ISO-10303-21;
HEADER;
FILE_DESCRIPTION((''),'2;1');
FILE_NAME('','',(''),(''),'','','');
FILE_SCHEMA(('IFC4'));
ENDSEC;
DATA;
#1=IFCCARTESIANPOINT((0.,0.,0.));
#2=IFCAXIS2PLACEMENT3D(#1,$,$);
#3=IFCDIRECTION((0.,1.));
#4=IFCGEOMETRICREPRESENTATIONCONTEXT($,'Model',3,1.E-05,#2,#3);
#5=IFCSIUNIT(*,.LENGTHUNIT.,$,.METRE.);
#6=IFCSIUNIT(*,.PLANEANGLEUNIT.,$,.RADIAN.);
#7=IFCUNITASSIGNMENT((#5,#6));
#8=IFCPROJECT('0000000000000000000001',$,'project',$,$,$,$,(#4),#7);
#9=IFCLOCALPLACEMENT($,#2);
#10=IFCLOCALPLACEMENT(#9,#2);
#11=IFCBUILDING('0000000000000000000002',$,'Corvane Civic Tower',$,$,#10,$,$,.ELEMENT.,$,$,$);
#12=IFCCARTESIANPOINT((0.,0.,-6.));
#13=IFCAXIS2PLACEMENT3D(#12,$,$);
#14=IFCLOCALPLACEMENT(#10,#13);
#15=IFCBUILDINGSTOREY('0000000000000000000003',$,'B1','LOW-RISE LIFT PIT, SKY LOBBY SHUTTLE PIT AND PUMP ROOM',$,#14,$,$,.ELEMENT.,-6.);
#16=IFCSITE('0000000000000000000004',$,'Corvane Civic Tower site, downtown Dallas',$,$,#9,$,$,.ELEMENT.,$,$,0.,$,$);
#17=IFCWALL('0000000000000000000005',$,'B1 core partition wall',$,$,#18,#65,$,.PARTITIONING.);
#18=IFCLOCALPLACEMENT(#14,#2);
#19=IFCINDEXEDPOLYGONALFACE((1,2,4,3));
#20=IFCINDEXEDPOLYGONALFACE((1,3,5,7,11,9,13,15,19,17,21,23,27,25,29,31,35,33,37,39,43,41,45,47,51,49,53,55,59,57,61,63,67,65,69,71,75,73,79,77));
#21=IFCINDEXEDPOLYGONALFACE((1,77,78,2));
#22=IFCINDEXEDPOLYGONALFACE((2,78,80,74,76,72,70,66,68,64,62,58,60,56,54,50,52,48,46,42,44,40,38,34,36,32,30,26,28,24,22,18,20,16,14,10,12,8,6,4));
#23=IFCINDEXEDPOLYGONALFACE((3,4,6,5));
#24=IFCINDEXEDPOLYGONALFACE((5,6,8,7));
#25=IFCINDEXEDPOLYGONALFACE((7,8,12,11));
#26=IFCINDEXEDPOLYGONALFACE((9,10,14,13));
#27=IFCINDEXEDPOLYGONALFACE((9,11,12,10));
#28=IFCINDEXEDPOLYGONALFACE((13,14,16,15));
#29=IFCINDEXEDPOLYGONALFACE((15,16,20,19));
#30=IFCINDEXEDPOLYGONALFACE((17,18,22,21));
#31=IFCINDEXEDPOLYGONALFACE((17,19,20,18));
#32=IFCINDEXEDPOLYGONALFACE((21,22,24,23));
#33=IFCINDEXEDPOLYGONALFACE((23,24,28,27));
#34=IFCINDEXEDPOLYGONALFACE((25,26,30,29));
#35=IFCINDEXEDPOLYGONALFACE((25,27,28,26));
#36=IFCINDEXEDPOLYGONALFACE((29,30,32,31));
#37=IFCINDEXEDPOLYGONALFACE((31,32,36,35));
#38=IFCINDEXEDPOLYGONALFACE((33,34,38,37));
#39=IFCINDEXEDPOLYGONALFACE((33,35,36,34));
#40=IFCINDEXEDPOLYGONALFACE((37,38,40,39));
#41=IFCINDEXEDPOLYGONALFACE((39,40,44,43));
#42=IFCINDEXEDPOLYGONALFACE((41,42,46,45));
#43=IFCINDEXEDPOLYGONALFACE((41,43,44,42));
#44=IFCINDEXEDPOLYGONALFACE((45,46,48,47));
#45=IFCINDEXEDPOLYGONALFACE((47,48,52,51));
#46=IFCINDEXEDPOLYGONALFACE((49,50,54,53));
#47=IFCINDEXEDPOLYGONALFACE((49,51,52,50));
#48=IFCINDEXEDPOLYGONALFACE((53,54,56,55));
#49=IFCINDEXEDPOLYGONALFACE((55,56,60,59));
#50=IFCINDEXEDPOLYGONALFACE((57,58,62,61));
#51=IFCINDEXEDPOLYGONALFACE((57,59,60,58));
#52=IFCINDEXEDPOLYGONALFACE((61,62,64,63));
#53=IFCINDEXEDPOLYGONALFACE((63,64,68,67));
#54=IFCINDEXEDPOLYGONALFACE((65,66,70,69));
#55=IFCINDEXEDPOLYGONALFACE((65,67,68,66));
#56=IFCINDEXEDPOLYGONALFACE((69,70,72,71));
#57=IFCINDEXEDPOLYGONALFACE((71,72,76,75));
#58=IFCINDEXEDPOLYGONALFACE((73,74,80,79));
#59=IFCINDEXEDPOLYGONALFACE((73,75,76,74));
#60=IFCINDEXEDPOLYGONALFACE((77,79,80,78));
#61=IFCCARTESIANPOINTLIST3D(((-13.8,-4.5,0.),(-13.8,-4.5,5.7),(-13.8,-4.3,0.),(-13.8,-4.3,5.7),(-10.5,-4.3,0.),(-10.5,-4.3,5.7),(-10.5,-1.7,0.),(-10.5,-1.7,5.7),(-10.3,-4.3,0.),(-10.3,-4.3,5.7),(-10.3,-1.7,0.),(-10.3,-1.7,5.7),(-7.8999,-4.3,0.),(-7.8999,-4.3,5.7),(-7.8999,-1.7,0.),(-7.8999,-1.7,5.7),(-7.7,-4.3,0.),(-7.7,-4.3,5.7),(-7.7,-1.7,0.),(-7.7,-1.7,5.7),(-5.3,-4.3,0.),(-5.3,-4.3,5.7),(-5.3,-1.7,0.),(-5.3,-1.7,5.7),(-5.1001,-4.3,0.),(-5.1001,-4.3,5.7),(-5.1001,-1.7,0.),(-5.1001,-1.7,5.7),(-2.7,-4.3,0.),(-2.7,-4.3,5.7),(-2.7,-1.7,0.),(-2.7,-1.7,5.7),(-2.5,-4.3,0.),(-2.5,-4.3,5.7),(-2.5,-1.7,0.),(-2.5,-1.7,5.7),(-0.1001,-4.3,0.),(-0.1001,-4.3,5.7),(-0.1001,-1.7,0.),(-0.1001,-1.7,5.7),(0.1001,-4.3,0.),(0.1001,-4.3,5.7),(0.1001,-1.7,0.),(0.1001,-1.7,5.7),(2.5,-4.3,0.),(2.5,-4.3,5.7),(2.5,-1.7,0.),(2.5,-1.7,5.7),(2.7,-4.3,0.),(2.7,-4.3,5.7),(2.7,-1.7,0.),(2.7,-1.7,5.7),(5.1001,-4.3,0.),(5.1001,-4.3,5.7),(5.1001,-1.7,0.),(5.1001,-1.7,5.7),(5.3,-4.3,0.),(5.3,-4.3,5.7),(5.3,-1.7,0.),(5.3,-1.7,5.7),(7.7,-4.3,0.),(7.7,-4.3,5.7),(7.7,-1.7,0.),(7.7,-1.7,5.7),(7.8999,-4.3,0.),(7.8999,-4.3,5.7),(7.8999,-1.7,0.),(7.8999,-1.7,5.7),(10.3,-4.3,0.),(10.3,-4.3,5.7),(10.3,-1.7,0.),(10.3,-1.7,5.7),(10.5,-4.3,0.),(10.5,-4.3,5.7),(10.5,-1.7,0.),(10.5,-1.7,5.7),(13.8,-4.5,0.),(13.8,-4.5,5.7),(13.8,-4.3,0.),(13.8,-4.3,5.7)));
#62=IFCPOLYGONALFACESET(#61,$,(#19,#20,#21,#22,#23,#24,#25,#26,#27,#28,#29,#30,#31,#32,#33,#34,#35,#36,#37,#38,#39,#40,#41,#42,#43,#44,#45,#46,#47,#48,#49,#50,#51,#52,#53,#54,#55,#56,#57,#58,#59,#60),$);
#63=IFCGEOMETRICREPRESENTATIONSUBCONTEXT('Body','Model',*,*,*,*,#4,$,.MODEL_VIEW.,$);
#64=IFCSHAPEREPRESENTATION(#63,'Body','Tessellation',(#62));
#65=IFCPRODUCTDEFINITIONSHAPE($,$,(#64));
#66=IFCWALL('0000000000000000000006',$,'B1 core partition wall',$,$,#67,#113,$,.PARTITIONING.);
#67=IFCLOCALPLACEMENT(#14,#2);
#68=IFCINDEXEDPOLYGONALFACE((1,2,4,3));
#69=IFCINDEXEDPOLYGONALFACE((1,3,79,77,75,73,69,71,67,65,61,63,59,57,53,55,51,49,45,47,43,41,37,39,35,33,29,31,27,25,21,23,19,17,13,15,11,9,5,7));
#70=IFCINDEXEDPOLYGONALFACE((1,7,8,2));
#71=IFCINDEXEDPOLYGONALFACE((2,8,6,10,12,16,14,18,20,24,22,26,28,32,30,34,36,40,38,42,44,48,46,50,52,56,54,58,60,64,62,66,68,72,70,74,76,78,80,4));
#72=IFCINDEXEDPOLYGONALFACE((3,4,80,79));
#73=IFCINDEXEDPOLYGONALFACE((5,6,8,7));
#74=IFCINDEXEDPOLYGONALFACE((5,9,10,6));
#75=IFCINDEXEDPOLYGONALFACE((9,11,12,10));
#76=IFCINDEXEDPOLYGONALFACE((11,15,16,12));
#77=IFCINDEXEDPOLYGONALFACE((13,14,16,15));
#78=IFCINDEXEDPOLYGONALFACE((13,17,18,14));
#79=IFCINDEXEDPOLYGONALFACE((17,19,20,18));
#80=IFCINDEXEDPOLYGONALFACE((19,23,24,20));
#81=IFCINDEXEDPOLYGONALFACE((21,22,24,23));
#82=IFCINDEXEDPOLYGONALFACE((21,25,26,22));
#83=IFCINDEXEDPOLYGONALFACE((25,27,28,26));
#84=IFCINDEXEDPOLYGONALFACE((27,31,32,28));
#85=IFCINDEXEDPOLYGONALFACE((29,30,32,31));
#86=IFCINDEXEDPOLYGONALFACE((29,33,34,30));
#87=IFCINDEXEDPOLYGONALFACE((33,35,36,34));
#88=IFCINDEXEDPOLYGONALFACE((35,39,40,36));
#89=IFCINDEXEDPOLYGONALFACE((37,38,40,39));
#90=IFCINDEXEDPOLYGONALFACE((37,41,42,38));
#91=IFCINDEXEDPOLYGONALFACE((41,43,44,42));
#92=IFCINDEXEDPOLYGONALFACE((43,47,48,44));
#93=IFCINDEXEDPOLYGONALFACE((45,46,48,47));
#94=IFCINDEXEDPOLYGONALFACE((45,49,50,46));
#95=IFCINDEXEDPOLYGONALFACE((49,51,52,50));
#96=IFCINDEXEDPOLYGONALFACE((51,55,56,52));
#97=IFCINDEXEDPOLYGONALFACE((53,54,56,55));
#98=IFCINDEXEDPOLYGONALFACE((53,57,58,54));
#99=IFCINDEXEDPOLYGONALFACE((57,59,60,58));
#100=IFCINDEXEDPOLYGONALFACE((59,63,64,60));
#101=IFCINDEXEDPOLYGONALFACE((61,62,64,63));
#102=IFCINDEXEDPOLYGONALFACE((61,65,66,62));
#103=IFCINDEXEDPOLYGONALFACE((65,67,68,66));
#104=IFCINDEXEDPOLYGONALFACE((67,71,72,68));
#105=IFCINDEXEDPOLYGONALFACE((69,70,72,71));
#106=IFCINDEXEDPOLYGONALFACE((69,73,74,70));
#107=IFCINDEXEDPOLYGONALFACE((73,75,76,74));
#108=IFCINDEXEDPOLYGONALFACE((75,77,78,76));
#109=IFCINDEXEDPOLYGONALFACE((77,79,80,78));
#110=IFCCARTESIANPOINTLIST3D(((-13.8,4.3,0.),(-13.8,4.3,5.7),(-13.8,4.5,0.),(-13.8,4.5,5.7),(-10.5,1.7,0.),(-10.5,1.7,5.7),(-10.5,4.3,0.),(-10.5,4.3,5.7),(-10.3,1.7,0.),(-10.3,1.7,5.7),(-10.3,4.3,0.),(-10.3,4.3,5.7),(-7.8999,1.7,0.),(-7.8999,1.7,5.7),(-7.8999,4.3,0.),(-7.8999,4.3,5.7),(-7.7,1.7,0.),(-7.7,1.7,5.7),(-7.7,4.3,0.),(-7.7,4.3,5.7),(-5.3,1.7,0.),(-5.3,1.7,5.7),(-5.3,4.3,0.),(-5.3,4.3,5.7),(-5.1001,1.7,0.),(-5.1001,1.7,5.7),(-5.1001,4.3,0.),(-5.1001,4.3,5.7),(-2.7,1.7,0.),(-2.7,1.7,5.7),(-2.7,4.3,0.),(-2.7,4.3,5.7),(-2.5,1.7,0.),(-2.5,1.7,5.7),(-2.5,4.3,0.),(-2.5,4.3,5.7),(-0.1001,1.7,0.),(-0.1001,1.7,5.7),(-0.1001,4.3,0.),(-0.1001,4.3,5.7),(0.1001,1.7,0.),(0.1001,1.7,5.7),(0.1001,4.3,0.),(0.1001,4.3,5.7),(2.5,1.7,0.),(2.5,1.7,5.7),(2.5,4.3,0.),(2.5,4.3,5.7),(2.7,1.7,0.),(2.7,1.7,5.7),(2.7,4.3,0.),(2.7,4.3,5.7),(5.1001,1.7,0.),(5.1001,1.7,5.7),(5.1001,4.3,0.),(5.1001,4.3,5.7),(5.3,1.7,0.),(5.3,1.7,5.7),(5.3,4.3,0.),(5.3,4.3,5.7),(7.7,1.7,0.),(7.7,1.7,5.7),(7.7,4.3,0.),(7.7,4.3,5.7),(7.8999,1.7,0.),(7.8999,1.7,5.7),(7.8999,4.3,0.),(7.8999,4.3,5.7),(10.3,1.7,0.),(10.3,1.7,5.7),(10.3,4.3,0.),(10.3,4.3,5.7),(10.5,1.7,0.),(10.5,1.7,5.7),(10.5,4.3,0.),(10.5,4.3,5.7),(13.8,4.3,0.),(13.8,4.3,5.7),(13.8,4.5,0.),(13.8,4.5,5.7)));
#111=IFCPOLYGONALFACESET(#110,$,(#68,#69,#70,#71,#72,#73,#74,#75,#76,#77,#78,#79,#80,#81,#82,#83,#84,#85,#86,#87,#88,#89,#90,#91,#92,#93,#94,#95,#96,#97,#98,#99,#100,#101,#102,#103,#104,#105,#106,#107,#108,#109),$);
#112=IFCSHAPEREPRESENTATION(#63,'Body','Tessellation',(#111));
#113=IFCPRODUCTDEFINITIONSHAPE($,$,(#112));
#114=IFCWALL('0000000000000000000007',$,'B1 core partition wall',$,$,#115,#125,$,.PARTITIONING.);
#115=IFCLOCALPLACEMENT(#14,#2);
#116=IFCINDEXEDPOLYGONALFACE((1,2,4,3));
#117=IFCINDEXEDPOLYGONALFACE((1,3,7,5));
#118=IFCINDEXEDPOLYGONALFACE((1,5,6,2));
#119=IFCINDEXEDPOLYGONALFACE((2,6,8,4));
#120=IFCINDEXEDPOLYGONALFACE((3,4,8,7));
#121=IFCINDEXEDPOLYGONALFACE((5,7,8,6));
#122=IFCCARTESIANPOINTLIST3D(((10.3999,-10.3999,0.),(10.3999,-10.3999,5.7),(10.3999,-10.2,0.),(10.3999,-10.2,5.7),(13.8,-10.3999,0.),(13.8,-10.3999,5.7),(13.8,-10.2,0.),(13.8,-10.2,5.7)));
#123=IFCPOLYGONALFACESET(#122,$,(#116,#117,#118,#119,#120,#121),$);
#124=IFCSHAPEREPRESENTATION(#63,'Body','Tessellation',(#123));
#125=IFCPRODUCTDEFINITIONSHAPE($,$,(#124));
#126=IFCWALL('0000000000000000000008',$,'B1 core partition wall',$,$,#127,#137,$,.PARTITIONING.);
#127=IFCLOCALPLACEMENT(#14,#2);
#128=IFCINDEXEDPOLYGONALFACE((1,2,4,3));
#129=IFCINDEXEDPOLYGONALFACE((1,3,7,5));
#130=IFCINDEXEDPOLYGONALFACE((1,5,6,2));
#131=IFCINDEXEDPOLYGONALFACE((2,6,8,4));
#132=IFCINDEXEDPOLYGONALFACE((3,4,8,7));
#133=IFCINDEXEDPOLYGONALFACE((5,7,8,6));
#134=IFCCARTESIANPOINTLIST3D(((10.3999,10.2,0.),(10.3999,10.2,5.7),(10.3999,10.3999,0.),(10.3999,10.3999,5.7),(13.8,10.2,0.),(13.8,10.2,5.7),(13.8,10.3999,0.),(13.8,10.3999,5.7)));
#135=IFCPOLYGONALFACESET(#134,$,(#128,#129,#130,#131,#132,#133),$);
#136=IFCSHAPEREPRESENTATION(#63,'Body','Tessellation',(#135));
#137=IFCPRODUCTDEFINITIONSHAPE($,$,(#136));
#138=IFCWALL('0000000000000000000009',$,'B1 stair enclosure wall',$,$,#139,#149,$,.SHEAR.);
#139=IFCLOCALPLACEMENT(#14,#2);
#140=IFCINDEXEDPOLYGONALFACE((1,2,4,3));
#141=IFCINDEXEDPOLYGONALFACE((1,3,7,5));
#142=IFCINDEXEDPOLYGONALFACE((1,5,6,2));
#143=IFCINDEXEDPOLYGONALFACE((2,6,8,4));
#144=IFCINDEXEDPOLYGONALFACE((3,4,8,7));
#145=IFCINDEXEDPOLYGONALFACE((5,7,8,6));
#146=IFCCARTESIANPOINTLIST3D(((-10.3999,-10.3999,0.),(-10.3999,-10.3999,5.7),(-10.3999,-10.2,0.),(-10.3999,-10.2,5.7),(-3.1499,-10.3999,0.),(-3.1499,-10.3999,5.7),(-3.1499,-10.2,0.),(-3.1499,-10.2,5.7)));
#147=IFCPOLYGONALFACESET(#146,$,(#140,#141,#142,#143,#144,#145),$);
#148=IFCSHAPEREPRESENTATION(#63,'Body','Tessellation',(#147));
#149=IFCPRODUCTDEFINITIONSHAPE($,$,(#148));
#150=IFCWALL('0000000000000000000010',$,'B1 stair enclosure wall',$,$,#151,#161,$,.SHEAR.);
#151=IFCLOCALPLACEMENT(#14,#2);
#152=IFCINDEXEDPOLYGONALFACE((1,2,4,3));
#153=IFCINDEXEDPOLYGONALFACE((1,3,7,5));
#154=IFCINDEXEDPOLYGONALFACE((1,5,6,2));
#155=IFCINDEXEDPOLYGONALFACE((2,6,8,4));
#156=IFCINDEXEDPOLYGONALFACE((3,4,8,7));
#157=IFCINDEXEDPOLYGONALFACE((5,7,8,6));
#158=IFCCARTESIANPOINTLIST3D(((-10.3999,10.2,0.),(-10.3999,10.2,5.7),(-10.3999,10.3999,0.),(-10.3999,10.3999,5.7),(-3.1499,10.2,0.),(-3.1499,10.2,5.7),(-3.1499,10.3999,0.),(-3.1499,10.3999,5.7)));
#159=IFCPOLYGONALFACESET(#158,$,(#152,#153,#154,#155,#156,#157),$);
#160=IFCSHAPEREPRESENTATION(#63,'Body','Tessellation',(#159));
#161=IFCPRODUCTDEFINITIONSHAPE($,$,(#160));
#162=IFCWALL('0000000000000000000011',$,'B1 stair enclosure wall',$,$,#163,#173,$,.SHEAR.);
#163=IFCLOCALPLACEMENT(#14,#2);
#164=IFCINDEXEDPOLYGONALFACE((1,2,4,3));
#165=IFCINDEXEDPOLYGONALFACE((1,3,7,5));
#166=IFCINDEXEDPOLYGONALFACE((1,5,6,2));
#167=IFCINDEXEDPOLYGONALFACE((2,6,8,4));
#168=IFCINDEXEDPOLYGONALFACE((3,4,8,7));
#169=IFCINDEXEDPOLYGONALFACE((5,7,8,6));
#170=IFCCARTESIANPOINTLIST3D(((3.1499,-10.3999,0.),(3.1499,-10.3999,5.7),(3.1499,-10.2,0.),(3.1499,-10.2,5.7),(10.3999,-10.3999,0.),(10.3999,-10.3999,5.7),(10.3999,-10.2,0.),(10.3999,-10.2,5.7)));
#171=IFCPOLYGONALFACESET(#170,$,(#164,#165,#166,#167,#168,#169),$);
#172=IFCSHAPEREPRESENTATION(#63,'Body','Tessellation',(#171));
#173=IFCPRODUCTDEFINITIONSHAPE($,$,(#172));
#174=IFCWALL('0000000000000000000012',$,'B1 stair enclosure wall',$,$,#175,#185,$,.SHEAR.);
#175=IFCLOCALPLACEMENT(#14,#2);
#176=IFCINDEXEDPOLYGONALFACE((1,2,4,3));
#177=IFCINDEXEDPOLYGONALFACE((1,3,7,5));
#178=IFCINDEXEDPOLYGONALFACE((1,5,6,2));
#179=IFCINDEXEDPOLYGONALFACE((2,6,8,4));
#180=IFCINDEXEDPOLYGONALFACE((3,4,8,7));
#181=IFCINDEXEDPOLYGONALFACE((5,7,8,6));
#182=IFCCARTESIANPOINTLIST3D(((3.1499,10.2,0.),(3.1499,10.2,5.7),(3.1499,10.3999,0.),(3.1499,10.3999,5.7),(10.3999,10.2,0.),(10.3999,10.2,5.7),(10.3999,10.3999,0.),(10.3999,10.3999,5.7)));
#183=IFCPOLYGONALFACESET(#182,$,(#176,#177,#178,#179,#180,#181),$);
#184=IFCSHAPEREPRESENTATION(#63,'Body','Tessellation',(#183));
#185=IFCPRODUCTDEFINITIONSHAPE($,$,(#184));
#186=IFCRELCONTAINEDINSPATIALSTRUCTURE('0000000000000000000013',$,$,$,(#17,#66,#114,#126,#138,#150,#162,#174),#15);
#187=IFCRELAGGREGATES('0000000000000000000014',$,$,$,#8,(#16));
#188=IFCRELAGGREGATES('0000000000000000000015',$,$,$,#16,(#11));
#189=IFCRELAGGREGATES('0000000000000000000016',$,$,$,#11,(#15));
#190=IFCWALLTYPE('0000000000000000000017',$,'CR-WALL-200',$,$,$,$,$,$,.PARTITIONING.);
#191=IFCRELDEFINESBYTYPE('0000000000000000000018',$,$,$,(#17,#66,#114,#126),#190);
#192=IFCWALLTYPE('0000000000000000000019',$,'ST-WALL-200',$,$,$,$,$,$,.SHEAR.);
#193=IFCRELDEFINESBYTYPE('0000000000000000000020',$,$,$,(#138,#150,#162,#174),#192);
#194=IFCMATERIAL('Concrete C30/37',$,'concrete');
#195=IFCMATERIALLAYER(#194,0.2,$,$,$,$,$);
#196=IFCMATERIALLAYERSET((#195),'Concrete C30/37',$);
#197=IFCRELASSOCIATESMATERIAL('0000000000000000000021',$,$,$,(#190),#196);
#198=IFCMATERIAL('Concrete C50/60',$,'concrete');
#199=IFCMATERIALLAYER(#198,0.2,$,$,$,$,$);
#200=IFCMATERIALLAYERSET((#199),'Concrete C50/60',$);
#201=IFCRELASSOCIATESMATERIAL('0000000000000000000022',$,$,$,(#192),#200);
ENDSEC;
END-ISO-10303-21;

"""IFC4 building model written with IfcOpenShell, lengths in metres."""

from ifc_helpers import new_model, si_unit, direction, frame, origin, place, context, subcontext, project, spatial, polyline, outline, extrude, material, layer, layer_set, type_object, element, save


model = new_model("IFC4")

# Units and contexts
model_context = context("Model", 3, precision=1e-05, world=origin(), true_north=direction((0.0, 1.0)))
body_context = subcontext(model_context, "Body", "Model", "MODEL_VIEW")
ifc_project = project(units=[si_unit("LENGTHUNIT", "METRE"), si_unit("PLANEANGLEUNIT", "RADIAN")], contexts=[model_context])

# Site, building, storey
site_placement = place(None, origin())
site = spatial("IfcSite", under=ifc_project, at=site_placement, Name="Corvane Civic Tower site, downtown Dallas", CompositionType="ELEMENT", RefElevation=0.0)
building_placement = place(site_placement, origin())
building = spatial("IfcBuilding", under=site, at=building_placement, Name="Corvane Civic Tower", CompositionType="ELEMENT")
storey_placement = place(building_placement, frame((0.0, 0.0, -6.0)))
storey = spatial("IfcBuildingStorey", under=building, at=storey_placement, Name="B1", Description="LOW-RISE LIFT PIT, SKY LOBBY SHUTTLE PIT AND PUMP ROOM", CompositionType="ELEMENT", Elevation=-6.0)

# Walls
ifc_material_1 = material(Name="Concrete C30/37", Category="concrete")
ifc_layer_1 = layer(ifc_material_1, 0.2)
ifc_layer_set_1 = layer_set([ifc_layer_1], Name="Concrete C30/37")
wall_type_1 = type_object("IfcWallType", Name="CR-WALL-200", PredefinedType="PARTITIONING", material=ifc_layer_set_1)
wall_1_placement = place(storey_placement, origin())
element("IfcWall", 1, at=wall_1_placement, inside=storey, type_object=wall_type_1, Name="B1 core partition wall", PredefinedType="PARTITIONING", context=body_context, shape_type="SweptSolid", body=[
    extrude(outline(polyline([(-10.5, -1.7), (-10.3, -1.7), (-10.3, -4.3), (-7.8999, -4.3), (-7.8999, -1.7), (-7.7, -1.7), (-7.7, -4.3), (-5.3, -4.3), (-5.3, -1.7), (-5.1001, -1.7), (-5.1001, -4.3), (-2.7, -4.3), (-2.7, -1.7), (-2.5, -1.7), (-2.5, -4.3), (-0.1001, -4.3), (-0.1001, -1.7), (0.1001, -1.7), (0.1001, -4.3), (2.5, -4.3), (2.5, -1.7), (2.7, -1.7), (2.7, -4.3), (5.1001, -4.3), (5.1001, -1.7), (5.3, -1.7), (5.3, -4.3), (7.7, -4.3), (7.7, -1.7), (7.8999, -1.7), (7.8999, -4.3), (10.3, -4.3), (10.3, -1.7), (10.5, -1.7), (10.5, -4.3), (13.8, -4.3), (13.8, -4.5), (-13.8, -4.5), (-13.8, -4.3), (-10.5, -4.3), (-10.5, -1.7)])), origin(), (0.0, 0.0, 1.0), 5.7),
])
wall_2_placement = place(storey_placement, origin())
element("IfcWall", 2, at=wall_2_placement, inside=storey, type_object=wall_type_1, Name="B1 core partition wall", PredefinedType="PARTITIONING", context=body_context, shape_type="SweptSolid", body=[
    extrude(outline(polyline([(-7.7, 4.3), (-7.7, 1.7), (-7.8999, 1.7), (-7.8999, 4.3), (-10.3, 4.3), (-10.3, 1.7), (-10.5, 1.7), (-10.5, 4.3), (-13.8, 4.3), (-13.8, 4.5), (13.8, 4.5), (13.8, 4.3), (10.5, 4.3), (10.5, 1.7), (10.3, 1.7), (10.3, 4.3), (7.8999, 4.3), (7.8999, 1.7), (7.7, 1.7), (7.7, 4.3), (5.3, 4.3), (5.3, 1.7), (5.1001, 1.7), (5.1001, 4.3), (2.7, 4.3), (2.7, 1.7), (2.5, 1.7), (2.5, 4.3), (0.1001, 4.3), (0.1001, 1.7), (-0.1001, 1.7), (-0.1001, 4.3), (-2.5, 4.3), (-2.5, 1.7), (-2.7, 1.7), (-2.7, 4.3), (-5.1001, 4.3), (-5.1001, 1.7), (-5.3, 1.7), (-5.3, 4.3), (-7.7, 4.3)])), origin(), (0.0, 0.0, 1.0), 5.7),
])
wall_3_placement = place(storey_placement, origin())
element("IfcWall", 3, at=wall_3_placement, inside=storey, type_object=wall_type_1, Name="B1 core partition wall", PredefinedType="PARTITIONING", context=body_context, shape_type="SweptSolid", body=[
    extrude(outline(polyline([(13.8, -10.3999), (10.3999, -10.3999), (10.3999, -10.2), (13.8, -10.2), (13.8, -10.3999)])), origin(), (0.0, 0.0, 1.0), 5.7),
])
wall_4_placement = place(storey_placement, origin())
element("IfcWall", 4, at=wall_4_placement, inside=storey, type_object=wall_type_1, Name="B1 core partition wall", PredefinedType="PARTITIONING", context=body_context, shape_type="SweptSolid", body=[
    extrude(outline(polyline([(10.3999, 10.2), (10.3999, 10.3999), (13.8, 10.3999), (13.8, 10.2), (10.3999, 10.2)])), origin(), (0.0, 0.0, 1.0), 5.7),
])
ifc_material_2 = material(Name="Concrete C50/60", Category="concrete")
ifc_layer_2 = layer(ifc_material_2, 0.2)
ifc_layer_set_2 = layer_set([ifc_layer_2], Name="Concrete C50/60")
wall_type_2 = type_object("IfcWallType", Name="ST-WALL-200", PredefinedType="SHEAR", material=ifc_layer_set_2)
wall_5_placement = place(storey_placement, origin())
element("IfcWall", 5, at=wall_5_placement, inside=storey, type_object=wall_type_2, Name="B1 stair enclosure wall", PredefinedType="SHEAR", context=body_context, shape_type="SweptSolid", body=[
    extrude(outline(polyline([(-3.1499, -10.2), (-3.1499, -10.3999), (-10.3999, -10.3999), (-10.3999, -10.2), (-3.1499, -10.2)])), origin(), (0.0, 0.0, 1.0), 5.7),
])
wall_6_placement = place(storey_placement, origin())
element("IfcWall", 6, at=wall_6_placement, inside=storey, type_object=wall_type_2, Name="B1 stair enclosure wall", PredefinedType="SHEAR", context=body_context, shape_type="SweptSolid", body=[
    extrude(outline(polyline([(-3.1499, 10.2), (-10.3999, 10.2), (-10.3999, 10.3999), (-3.1499, 10.3999), (-3.1499, 10.2)])), origin(), (0.0, 0.0, 1.0), 5.7),
])
wall_7_placement = place(storey_placement, origin())
element("IfcWall", 7, at=wall_7_placement, inside=storey, type_object=wall_type_2, Name="B1 stair enclosure wall", PredefinedType="SHEAR", context=body_context, shape_type="SweptSolid", body=[
    extrude(outline(polyline([(10.3999, -10.3999), (3.1499, -10.3999), (3.1499, -10.2), (10.3999, -10.2), (10.3999, -10.3999)])), origin(), (0.0, 0.0, 1.0), 5.7),
])
wall_8_placement = place(storey_placement, origin())
element("IfcWall", 8, at=wall_8_placement, inside=storey, type_object=wall_type_2, Name="B1 stair enclosure wall", PredefinedType="SHEAR", context=body_context, shape_type="SweptSolid", body=[
    extrude(outline(polyline([(10.3999, 10.2), (3.1499, 10.2), (3.1499, 10.3999), (10.3999, 10.3999), (10.3999, 10.2)])), origin(), (0.0, 0.0, 1.0), 5.7),
])

save(model, "model.ifc")
